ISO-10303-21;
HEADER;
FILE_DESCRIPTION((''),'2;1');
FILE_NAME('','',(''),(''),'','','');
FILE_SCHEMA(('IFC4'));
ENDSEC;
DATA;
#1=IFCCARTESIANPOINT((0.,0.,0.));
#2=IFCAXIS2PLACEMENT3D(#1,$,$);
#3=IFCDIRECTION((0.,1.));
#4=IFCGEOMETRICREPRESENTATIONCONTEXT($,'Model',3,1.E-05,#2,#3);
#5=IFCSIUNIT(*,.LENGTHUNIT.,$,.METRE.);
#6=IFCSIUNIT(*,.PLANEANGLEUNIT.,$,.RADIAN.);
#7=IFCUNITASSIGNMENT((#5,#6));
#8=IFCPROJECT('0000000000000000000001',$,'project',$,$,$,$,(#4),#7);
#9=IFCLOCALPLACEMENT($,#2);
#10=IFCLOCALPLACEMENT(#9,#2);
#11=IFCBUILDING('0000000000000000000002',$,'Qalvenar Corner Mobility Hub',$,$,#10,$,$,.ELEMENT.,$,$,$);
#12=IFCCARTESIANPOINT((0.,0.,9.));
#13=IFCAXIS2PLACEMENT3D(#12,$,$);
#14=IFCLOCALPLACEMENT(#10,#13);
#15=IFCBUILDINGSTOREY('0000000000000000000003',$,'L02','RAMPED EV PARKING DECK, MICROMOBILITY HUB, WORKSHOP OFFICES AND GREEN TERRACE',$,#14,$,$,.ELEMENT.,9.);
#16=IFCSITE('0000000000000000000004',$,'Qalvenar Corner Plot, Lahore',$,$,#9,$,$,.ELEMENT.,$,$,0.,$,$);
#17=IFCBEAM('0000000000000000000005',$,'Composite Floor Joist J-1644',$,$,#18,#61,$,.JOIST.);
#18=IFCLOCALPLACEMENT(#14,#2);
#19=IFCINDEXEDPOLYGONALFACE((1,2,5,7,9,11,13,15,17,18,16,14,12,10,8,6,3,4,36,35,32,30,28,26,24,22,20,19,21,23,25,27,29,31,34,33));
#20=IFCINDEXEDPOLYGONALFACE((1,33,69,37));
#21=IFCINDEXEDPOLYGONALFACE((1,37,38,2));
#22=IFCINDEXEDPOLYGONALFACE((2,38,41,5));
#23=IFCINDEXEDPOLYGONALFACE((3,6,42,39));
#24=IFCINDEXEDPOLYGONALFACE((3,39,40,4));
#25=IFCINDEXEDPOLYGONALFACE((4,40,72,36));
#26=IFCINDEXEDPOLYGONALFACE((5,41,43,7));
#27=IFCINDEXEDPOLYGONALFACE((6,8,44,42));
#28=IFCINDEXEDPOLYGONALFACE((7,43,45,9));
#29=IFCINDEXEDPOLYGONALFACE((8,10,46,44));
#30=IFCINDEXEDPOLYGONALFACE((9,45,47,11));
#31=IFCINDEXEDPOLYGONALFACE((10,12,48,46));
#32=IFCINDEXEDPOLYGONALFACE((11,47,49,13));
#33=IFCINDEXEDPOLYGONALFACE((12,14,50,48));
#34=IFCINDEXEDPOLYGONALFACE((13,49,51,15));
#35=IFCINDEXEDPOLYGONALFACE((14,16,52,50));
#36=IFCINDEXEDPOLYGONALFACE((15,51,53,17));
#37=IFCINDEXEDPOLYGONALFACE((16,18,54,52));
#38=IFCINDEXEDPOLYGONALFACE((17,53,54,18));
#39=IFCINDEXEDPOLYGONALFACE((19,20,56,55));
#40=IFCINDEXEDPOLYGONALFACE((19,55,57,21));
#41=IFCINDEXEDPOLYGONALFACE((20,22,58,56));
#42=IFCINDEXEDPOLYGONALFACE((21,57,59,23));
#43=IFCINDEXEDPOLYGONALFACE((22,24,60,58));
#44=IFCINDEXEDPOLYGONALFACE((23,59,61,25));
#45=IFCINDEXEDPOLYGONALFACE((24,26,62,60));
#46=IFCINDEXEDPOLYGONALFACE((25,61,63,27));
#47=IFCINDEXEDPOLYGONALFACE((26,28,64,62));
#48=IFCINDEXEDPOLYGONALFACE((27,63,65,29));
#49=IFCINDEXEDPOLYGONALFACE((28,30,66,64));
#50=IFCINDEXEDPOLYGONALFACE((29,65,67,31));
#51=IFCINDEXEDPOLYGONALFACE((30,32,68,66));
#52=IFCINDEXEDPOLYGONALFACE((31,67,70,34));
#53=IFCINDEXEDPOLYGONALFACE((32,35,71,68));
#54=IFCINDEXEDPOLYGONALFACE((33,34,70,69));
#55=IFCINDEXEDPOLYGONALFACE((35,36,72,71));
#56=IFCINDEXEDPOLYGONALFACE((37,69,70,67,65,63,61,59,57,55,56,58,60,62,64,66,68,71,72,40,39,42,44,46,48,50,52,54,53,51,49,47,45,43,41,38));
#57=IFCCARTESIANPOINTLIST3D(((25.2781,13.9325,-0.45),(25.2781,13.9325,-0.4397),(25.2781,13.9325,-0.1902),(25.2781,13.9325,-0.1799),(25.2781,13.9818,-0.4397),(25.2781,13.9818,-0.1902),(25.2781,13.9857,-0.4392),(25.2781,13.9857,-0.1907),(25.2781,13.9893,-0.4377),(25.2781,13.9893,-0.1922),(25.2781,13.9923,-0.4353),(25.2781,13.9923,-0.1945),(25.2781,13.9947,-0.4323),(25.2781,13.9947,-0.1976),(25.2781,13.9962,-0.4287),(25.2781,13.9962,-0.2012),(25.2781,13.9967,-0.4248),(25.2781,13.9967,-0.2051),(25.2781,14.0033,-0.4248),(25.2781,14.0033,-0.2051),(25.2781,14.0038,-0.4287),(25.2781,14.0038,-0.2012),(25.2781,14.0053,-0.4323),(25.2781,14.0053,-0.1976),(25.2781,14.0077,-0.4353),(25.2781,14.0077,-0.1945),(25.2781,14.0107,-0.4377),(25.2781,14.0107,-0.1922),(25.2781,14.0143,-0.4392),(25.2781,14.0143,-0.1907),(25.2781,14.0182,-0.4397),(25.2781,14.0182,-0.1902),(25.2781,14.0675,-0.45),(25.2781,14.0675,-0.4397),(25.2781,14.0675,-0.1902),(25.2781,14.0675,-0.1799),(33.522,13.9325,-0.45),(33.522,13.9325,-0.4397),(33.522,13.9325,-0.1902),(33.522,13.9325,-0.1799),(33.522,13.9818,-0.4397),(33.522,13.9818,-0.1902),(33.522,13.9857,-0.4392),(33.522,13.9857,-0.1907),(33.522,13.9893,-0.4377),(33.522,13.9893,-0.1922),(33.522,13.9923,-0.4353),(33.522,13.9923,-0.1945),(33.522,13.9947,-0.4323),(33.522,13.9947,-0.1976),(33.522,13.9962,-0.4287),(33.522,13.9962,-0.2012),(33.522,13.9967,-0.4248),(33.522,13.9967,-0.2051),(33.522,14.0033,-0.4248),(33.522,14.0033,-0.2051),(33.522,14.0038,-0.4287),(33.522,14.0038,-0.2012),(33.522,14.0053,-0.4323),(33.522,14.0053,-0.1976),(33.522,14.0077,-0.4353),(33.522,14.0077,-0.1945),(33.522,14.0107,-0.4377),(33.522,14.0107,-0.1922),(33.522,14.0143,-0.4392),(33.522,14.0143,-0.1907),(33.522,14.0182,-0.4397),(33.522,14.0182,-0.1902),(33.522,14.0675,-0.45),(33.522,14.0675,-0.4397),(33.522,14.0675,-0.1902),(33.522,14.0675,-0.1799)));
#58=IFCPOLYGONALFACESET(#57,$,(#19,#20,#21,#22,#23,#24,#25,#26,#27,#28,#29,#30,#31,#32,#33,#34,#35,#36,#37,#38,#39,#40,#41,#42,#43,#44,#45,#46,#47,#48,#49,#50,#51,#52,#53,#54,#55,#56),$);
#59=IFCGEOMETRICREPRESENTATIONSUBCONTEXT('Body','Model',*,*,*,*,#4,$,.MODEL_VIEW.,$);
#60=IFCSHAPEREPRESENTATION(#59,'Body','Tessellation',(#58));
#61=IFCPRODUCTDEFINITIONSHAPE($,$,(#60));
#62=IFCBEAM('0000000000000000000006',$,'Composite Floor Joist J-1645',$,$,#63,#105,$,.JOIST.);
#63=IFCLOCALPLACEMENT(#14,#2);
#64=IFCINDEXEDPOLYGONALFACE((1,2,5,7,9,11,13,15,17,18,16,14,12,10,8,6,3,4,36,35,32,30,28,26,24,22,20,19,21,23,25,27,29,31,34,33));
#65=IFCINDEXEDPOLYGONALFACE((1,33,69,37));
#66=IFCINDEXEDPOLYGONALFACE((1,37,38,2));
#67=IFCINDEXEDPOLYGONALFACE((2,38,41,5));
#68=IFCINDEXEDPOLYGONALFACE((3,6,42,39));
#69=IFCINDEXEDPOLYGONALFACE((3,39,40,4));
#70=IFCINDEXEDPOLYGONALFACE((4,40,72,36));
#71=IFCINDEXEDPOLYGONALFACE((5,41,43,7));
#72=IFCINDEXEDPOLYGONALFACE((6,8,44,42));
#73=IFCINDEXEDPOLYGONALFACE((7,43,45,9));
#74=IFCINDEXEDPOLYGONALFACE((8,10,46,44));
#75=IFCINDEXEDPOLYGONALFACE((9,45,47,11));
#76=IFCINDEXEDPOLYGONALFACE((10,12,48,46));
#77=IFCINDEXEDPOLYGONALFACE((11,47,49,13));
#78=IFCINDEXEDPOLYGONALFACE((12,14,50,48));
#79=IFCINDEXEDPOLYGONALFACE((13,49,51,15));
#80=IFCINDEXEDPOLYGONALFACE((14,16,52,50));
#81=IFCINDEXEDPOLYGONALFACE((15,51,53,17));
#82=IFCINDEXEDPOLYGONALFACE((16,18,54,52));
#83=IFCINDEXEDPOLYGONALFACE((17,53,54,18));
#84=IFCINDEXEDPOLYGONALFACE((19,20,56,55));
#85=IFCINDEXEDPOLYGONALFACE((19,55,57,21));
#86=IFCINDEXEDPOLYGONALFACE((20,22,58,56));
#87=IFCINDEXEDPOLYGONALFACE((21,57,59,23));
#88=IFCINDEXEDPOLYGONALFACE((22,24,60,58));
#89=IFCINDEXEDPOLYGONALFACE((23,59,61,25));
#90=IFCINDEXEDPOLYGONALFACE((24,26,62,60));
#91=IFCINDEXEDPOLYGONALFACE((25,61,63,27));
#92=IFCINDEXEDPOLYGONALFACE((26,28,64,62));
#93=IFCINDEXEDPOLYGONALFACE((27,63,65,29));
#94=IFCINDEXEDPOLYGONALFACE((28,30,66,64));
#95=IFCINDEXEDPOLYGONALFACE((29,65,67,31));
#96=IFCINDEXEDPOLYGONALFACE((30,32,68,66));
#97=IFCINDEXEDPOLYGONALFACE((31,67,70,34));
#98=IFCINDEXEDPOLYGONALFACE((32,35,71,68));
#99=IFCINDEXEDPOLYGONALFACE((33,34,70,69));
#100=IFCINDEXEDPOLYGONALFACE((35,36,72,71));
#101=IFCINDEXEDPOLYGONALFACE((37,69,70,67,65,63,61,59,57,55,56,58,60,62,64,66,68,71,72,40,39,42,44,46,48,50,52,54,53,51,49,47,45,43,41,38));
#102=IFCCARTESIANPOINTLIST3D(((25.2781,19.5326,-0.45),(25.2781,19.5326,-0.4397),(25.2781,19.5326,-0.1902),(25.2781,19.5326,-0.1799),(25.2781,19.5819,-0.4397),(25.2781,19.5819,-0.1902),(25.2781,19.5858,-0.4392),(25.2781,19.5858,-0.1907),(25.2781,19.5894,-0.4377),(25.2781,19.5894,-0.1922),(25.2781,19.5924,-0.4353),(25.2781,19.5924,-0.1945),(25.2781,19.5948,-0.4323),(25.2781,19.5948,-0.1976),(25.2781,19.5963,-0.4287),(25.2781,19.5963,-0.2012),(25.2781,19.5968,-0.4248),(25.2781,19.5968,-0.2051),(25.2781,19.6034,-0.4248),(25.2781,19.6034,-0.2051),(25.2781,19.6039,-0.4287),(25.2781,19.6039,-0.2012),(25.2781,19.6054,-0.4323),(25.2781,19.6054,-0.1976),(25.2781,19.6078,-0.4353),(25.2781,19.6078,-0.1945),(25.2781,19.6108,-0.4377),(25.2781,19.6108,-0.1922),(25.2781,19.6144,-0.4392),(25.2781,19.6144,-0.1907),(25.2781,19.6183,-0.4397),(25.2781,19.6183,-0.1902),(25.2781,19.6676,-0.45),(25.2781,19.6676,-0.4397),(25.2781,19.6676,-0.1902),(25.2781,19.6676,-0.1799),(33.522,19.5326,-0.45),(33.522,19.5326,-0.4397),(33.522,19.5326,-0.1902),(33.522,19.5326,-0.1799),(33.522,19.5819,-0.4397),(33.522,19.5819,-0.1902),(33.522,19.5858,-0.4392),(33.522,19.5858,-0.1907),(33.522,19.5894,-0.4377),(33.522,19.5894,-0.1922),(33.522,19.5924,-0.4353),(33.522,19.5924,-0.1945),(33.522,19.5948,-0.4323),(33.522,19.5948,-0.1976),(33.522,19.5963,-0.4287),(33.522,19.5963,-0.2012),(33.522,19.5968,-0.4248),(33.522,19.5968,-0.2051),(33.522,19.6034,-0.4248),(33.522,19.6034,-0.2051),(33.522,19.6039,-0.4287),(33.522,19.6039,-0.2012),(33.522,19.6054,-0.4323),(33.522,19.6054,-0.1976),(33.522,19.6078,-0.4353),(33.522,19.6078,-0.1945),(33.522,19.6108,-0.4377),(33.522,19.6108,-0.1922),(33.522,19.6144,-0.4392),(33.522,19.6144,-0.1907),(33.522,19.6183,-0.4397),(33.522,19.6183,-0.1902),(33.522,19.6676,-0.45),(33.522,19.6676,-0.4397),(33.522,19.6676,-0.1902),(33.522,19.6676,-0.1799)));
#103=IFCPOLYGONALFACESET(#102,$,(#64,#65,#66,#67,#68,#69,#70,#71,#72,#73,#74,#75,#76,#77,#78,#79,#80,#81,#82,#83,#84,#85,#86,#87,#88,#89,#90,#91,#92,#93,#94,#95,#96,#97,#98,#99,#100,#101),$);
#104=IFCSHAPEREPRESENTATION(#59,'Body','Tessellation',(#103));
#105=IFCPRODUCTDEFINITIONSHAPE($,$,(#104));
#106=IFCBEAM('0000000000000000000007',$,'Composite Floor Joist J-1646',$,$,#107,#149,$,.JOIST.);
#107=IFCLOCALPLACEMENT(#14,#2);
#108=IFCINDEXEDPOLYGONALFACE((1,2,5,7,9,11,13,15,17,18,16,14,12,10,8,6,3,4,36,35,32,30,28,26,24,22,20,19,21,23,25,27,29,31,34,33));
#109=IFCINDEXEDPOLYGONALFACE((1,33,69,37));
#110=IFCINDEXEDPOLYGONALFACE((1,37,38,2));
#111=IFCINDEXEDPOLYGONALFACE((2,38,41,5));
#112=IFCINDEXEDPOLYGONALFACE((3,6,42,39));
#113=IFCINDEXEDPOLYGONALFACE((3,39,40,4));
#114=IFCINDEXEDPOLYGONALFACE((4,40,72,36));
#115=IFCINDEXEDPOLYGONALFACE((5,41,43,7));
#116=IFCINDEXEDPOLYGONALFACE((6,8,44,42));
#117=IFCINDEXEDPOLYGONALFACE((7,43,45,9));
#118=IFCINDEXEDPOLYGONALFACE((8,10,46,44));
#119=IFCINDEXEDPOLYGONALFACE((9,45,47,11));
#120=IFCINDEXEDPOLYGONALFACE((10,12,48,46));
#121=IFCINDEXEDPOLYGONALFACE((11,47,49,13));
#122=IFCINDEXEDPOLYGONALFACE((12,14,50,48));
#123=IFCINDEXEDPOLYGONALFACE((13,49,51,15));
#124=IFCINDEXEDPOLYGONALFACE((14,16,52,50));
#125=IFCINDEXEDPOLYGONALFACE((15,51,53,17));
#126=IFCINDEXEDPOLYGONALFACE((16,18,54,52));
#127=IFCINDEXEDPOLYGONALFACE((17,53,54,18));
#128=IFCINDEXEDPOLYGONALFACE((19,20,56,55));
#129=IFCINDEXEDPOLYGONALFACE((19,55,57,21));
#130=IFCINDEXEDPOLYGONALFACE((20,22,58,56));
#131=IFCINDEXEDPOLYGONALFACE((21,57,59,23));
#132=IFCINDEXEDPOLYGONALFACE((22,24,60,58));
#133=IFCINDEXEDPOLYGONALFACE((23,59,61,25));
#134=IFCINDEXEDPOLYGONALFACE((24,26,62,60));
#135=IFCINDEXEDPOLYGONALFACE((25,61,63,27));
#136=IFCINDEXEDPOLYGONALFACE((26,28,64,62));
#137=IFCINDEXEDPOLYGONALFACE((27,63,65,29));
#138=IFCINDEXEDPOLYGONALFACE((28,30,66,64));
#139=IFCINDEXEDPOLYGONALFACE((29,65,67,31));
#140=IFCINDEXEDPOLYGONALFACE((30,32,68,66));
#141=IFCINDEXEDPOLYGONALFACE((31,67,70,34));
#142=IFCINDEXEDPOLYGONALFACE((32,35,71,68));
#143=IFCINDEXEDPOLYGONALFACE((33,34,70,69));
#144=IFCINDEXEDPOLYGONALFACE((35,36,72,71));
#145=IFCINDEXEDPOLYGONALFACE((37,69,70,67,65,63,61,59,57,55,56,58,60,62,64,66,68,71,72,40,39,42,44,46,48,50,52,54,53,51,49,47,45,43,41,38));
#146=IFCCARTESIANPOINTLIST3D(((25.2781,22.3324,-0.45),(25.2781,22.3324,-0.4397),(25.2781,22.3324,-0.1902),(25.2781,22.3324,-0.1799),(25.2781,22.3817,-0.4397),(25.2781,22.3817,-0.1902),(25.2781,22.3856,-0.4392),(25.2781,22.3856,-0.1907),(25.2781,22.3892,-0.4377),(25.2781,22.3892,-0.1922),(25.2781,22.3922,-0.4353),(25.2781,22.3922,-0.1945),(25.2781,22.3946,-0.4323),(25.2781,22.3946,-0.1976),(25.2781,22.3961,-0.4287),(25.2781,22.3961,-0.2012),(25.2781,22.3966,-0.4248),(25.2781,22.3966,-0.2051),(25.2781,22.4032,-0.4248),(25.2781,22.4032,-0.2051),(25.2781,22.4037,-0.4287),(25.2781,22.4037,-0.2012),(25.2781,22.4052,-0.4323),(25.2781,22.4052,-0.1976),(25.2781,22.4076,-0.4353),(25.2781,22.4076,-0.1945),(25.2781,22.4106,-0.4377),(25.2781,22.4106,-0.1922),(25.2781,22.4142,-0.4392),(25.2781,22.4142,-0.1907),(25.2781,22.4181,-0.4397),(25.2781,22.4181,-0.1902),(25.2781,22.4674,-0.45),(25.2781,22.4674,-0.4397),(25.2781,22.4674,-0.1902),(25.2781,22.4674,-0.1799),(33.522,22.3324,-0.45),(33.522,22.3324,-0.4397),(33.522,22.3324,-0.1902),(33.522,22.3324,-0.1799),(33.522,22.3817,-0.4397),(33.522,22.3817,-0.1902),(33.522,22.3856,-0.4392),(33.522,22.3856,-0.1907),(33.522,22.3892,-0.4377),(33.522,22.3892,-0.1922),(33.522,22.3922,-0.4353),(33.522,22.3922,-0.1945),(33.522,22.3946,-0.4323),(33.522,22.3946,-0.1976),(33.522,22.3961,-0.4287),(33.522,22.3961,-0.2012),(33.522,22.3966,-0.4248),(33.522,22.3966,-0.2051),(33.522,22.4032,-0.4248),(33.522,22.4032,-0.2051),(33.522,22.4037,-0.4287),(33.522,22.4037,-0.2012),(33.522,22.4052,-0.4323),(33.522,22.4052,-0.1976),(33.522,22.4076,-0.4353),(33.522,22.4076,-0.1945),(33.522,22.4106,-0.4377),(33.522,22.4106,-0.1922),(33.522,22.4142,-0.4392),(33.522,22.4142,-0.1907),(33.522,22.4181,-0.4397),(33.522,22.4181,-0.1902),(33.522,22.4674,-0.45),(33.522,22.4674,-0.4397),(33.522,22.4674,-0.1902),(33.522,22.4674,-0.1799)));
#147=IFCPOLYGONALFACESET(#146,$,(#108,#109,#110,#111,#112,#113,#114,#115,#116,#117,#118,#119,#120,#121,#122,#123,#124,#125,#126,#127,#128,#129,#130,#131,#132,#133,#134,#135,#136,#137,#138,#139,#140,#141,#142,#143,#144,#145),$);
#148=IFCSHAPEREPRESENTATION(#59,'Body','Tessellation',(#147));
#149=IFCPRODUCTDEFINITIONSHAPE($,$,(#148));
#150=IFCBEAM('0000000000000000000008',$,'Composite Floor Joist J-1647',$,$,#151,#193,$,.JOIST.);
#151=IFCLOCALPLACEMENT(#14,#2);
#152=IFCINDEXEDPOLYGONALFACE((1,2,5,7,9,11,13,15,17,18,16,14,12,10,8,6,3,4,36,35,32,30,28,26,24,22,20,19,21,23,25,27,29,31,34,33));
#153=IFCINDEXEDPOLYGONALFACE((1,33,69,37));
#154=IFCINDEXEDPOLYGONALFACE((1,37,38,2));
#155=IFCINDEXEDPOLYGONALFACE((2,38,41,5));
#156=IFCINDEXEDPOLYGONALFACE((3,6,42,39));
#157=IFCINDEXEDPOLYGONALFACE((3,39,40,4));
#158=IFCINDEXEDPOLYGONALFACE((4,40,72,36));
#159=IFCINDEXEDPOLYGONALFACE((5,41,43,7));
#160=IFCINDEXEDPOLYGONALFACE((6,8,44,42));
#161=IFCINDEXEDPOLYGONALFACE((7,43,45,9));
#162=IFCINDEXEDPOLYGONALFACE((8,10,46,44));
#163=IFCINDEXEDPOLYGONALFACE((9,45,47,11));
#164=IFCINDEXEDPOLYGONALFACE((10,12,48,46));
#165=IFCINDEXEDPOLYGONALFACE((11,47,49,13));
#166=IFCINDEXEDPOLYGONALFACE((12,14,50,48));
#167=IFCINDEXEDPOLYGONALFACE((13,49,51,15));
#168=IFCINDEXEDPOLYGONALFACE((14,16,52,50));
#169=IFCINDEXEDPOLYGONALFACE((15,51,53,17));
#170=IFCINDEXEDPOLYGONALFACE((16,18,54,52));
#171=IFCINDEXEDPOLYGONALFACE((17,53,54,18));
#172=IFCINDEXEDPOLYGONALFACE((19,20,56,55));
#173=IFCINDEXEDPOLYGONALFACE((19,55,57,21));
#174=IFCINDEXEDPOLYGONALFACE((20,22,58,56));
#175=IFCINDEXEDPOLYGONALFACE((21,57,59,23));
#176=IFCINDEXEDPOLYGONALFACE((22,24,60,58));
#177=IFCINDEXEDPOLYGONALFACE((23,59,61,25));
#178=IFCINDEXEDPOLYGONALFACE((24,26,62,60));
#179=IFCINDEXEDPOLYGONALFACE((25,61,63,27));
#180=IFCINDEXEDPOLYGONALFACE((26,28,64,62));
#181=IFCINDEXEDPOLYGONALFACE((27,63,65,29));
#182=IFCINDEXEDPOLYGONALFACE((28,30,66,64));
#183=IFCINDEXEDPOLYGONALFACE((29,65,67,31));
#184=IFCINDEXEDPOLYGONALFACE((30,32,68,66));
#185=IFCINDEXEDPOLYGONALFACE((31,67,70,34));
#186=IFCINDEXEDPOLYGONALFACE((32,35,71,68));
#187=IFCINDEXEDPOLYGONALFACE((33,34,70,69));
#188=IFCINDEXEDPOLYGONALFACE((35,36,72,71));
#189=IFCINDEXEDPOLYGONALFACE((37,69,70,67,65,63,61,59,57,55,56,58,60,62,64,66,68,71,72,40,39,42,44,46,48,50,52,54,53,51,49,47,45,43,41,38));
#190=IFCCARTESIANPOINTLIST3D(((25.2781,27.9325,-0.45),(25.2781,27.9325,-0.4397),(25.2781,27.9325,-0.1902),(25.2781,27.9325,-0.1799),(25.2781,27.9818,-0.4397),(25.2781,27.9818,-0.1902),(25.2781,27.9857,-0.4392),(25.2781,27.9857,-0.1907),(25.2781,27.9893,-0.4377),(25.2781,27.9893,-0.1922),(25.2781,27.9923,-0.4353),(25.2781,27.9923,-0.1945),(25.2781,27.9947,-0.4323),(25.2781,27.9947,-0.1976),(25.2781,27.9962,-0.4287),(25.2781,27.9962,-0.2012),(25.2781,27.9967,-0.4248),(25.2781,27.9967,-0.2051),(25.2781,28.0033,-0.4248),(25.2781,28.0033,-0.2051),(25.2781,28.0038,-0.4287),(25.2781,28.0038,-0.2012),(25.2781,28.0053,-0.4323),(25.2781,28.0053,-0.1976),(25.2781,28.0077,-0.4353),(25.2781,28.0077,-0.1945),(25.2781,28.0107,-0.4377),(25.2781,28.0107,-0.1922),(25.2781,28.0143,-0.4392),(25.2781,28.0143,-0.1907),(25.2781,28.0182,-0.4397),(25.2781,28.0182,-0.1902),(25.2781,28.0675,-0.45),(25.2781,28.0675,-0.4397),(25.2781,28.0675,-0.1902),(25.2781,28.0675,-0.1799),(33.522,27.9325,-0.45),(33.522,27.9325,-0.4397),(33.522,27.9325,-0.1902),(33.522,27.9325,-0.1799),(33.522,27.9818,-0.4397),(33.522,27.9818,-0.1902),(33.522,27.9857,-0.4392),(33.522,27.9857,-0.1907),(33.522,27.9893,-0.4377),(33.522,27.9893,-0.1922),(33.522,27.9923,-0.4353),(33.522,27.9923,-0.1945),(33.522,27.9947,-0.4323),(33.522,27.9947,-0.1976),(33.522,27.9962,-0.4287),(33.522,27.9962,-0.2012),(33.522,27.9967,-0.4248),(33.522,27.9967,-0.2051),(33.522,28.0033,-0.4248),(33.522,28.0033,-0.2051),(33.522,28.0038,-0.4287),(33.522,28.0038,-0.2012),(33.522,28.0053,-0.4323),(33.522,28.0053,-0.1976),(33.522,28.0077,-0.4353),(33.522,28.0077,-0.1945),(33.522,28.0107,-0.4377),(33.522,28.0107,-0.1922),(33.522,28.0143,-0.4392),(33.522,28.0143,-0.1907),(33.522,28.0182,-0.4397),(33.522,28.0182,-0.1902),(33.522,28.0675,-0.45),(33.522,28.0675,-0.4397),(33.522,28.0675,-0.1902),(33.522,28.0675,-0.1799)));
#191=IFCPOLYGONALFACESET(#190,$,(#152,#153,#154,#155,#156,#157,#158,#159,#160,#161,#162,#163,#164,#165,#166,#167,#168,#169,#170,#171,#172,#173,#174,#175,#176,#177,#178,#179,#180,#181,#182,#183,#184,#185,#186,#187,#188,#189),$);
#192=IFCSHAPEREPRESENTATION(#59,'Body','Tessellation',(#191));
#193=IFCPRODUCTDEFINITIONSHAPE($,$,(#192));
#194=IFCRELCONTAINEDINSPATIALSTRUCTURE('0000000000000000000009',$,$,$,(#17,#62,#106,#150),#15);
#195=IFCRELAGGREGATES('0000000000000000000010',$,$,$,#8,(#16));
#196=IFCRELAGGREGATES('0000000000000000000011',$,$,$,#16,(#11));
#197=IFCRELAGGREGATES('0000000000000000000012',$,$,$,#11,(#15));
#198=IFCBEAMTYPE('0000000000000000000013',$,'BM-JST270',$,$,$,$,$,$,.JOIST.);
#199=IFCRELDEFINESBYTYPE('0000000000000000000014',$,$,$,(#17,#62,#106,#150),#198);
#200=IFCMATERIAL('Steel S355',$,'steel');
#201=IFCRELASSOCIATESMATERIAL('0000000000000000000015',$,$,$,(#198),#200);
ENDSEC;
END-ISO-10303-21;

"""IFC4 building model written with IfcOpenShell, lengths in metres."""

from ifc_helpers import new_model, si_unit, direction, frame, origin, origin_2d, place, context, subcontext, project, spatial, i_section, extrude, material, material_profile, profile_set, type_object, element, save


model = new_model("IFC4")

# Units and contexts
model_context = context("Model", 3, precision=1e-05, world=origin(), true_north=direction((0.0, 1.0)))
body_context = subcontext(model_context, "Body", "Model", "MODEL_VIEW")
ifc_project = project(units=[si_unit("LENGTHUNIT", "METRE"), si_unit("PLANEANGLEUNIT", "RADIAN")], contexts=[model_context])

# Site, building, storey
site_placement = place(None, origin())
site = spatial("IfcSite", under=ifc_project, at=site_placement, Name="Qalvenar Corner Plot, Lahore", CompositionType="ELEMENT", RefElevation=0.0)
building_placement = place(site_placement, origin())
building = spatial("IfcBuilding", under=site, at=building_placement, Name="Qalvenar Corner Mobility Hub", CompositionType="ELEMENT")
storey_placement = place(building_placement, frame((0.0, 0.0, 9.0)))
storey = spatial("IfcBuildingStorey", under=building, at=storey_placement, Name="L02", Description="RAMPED EV PARKING DECK, MICROMOBILITY HUB, WORKSHOP OFFICES AND GREEN TERRACE", CompositionType="ELEMENT", Elevation=9.0)

# Shared definitions
ifc_material_1 = material(Name="Steel S355", Category="steel")

# Beams
ifc_material_profile_1 = material_profile(ifc_material_1, i_section(OverallWidth=0.135, OverallDepth=0.27, WebThickness=0.0066, FlangeThickness=0.0103, FilletRadius=0.0149, at=origin_2d()), Name="IPE270")
ifc_profile_set_1 = profile_set([ifc_material_profile_1], Name="Steel S355")
beam_type_1 = type_object("IfcBeamType", Name="BM-JST270", PredefinedType="JOIST", material=ifc_profile_set_1)
for number, where, z_axis, x_axis, name in (
    (1, (25.2781, 14.0, -0.3149), (1.0, 0.0, 0.0), (0.0, 1.0, 0.0), "Composite Floor Joist J-1644"),
    (2, (25.2781, 19.6001, -0.3149), (1.0, 0.0, 0.0), (0.0, 1.0, 0.0), "Composite Floor Joist J-1645"),
    (3, (25.2781, 22.3999, -0.3149), (1.0, 0.0, 0.0), (0.0, 1.0, 0.0), "Composite Floor Joist J-1646"),
    (4, (25.2781, 28.0, -0.3149), (1.0, 0.0, 0.0), (0.0, 1.0, 0.0), "Composite Floor Joist J-1647"),
):
    element("IfcBeam", number, at=place(storey_placement, frame(where, z_axis=z_axis, x_axis=x_axis)), inside=storey, type_object=beam_type_1, Name=name, PredefinedType="JOIST", context=body_context, shape_type="SweptSolid", body=[
        extrude(i_section(OverallWidth=0.135, OverallDepth=0.27, WebThickness=0.0066, FlangeThickness=0.0103, FilletRadius=0.0149, at=origin_2d()), origin(), (0.0, 0.0, 1.0), 8.2439),
    ])

save(model, "model.ifc")
